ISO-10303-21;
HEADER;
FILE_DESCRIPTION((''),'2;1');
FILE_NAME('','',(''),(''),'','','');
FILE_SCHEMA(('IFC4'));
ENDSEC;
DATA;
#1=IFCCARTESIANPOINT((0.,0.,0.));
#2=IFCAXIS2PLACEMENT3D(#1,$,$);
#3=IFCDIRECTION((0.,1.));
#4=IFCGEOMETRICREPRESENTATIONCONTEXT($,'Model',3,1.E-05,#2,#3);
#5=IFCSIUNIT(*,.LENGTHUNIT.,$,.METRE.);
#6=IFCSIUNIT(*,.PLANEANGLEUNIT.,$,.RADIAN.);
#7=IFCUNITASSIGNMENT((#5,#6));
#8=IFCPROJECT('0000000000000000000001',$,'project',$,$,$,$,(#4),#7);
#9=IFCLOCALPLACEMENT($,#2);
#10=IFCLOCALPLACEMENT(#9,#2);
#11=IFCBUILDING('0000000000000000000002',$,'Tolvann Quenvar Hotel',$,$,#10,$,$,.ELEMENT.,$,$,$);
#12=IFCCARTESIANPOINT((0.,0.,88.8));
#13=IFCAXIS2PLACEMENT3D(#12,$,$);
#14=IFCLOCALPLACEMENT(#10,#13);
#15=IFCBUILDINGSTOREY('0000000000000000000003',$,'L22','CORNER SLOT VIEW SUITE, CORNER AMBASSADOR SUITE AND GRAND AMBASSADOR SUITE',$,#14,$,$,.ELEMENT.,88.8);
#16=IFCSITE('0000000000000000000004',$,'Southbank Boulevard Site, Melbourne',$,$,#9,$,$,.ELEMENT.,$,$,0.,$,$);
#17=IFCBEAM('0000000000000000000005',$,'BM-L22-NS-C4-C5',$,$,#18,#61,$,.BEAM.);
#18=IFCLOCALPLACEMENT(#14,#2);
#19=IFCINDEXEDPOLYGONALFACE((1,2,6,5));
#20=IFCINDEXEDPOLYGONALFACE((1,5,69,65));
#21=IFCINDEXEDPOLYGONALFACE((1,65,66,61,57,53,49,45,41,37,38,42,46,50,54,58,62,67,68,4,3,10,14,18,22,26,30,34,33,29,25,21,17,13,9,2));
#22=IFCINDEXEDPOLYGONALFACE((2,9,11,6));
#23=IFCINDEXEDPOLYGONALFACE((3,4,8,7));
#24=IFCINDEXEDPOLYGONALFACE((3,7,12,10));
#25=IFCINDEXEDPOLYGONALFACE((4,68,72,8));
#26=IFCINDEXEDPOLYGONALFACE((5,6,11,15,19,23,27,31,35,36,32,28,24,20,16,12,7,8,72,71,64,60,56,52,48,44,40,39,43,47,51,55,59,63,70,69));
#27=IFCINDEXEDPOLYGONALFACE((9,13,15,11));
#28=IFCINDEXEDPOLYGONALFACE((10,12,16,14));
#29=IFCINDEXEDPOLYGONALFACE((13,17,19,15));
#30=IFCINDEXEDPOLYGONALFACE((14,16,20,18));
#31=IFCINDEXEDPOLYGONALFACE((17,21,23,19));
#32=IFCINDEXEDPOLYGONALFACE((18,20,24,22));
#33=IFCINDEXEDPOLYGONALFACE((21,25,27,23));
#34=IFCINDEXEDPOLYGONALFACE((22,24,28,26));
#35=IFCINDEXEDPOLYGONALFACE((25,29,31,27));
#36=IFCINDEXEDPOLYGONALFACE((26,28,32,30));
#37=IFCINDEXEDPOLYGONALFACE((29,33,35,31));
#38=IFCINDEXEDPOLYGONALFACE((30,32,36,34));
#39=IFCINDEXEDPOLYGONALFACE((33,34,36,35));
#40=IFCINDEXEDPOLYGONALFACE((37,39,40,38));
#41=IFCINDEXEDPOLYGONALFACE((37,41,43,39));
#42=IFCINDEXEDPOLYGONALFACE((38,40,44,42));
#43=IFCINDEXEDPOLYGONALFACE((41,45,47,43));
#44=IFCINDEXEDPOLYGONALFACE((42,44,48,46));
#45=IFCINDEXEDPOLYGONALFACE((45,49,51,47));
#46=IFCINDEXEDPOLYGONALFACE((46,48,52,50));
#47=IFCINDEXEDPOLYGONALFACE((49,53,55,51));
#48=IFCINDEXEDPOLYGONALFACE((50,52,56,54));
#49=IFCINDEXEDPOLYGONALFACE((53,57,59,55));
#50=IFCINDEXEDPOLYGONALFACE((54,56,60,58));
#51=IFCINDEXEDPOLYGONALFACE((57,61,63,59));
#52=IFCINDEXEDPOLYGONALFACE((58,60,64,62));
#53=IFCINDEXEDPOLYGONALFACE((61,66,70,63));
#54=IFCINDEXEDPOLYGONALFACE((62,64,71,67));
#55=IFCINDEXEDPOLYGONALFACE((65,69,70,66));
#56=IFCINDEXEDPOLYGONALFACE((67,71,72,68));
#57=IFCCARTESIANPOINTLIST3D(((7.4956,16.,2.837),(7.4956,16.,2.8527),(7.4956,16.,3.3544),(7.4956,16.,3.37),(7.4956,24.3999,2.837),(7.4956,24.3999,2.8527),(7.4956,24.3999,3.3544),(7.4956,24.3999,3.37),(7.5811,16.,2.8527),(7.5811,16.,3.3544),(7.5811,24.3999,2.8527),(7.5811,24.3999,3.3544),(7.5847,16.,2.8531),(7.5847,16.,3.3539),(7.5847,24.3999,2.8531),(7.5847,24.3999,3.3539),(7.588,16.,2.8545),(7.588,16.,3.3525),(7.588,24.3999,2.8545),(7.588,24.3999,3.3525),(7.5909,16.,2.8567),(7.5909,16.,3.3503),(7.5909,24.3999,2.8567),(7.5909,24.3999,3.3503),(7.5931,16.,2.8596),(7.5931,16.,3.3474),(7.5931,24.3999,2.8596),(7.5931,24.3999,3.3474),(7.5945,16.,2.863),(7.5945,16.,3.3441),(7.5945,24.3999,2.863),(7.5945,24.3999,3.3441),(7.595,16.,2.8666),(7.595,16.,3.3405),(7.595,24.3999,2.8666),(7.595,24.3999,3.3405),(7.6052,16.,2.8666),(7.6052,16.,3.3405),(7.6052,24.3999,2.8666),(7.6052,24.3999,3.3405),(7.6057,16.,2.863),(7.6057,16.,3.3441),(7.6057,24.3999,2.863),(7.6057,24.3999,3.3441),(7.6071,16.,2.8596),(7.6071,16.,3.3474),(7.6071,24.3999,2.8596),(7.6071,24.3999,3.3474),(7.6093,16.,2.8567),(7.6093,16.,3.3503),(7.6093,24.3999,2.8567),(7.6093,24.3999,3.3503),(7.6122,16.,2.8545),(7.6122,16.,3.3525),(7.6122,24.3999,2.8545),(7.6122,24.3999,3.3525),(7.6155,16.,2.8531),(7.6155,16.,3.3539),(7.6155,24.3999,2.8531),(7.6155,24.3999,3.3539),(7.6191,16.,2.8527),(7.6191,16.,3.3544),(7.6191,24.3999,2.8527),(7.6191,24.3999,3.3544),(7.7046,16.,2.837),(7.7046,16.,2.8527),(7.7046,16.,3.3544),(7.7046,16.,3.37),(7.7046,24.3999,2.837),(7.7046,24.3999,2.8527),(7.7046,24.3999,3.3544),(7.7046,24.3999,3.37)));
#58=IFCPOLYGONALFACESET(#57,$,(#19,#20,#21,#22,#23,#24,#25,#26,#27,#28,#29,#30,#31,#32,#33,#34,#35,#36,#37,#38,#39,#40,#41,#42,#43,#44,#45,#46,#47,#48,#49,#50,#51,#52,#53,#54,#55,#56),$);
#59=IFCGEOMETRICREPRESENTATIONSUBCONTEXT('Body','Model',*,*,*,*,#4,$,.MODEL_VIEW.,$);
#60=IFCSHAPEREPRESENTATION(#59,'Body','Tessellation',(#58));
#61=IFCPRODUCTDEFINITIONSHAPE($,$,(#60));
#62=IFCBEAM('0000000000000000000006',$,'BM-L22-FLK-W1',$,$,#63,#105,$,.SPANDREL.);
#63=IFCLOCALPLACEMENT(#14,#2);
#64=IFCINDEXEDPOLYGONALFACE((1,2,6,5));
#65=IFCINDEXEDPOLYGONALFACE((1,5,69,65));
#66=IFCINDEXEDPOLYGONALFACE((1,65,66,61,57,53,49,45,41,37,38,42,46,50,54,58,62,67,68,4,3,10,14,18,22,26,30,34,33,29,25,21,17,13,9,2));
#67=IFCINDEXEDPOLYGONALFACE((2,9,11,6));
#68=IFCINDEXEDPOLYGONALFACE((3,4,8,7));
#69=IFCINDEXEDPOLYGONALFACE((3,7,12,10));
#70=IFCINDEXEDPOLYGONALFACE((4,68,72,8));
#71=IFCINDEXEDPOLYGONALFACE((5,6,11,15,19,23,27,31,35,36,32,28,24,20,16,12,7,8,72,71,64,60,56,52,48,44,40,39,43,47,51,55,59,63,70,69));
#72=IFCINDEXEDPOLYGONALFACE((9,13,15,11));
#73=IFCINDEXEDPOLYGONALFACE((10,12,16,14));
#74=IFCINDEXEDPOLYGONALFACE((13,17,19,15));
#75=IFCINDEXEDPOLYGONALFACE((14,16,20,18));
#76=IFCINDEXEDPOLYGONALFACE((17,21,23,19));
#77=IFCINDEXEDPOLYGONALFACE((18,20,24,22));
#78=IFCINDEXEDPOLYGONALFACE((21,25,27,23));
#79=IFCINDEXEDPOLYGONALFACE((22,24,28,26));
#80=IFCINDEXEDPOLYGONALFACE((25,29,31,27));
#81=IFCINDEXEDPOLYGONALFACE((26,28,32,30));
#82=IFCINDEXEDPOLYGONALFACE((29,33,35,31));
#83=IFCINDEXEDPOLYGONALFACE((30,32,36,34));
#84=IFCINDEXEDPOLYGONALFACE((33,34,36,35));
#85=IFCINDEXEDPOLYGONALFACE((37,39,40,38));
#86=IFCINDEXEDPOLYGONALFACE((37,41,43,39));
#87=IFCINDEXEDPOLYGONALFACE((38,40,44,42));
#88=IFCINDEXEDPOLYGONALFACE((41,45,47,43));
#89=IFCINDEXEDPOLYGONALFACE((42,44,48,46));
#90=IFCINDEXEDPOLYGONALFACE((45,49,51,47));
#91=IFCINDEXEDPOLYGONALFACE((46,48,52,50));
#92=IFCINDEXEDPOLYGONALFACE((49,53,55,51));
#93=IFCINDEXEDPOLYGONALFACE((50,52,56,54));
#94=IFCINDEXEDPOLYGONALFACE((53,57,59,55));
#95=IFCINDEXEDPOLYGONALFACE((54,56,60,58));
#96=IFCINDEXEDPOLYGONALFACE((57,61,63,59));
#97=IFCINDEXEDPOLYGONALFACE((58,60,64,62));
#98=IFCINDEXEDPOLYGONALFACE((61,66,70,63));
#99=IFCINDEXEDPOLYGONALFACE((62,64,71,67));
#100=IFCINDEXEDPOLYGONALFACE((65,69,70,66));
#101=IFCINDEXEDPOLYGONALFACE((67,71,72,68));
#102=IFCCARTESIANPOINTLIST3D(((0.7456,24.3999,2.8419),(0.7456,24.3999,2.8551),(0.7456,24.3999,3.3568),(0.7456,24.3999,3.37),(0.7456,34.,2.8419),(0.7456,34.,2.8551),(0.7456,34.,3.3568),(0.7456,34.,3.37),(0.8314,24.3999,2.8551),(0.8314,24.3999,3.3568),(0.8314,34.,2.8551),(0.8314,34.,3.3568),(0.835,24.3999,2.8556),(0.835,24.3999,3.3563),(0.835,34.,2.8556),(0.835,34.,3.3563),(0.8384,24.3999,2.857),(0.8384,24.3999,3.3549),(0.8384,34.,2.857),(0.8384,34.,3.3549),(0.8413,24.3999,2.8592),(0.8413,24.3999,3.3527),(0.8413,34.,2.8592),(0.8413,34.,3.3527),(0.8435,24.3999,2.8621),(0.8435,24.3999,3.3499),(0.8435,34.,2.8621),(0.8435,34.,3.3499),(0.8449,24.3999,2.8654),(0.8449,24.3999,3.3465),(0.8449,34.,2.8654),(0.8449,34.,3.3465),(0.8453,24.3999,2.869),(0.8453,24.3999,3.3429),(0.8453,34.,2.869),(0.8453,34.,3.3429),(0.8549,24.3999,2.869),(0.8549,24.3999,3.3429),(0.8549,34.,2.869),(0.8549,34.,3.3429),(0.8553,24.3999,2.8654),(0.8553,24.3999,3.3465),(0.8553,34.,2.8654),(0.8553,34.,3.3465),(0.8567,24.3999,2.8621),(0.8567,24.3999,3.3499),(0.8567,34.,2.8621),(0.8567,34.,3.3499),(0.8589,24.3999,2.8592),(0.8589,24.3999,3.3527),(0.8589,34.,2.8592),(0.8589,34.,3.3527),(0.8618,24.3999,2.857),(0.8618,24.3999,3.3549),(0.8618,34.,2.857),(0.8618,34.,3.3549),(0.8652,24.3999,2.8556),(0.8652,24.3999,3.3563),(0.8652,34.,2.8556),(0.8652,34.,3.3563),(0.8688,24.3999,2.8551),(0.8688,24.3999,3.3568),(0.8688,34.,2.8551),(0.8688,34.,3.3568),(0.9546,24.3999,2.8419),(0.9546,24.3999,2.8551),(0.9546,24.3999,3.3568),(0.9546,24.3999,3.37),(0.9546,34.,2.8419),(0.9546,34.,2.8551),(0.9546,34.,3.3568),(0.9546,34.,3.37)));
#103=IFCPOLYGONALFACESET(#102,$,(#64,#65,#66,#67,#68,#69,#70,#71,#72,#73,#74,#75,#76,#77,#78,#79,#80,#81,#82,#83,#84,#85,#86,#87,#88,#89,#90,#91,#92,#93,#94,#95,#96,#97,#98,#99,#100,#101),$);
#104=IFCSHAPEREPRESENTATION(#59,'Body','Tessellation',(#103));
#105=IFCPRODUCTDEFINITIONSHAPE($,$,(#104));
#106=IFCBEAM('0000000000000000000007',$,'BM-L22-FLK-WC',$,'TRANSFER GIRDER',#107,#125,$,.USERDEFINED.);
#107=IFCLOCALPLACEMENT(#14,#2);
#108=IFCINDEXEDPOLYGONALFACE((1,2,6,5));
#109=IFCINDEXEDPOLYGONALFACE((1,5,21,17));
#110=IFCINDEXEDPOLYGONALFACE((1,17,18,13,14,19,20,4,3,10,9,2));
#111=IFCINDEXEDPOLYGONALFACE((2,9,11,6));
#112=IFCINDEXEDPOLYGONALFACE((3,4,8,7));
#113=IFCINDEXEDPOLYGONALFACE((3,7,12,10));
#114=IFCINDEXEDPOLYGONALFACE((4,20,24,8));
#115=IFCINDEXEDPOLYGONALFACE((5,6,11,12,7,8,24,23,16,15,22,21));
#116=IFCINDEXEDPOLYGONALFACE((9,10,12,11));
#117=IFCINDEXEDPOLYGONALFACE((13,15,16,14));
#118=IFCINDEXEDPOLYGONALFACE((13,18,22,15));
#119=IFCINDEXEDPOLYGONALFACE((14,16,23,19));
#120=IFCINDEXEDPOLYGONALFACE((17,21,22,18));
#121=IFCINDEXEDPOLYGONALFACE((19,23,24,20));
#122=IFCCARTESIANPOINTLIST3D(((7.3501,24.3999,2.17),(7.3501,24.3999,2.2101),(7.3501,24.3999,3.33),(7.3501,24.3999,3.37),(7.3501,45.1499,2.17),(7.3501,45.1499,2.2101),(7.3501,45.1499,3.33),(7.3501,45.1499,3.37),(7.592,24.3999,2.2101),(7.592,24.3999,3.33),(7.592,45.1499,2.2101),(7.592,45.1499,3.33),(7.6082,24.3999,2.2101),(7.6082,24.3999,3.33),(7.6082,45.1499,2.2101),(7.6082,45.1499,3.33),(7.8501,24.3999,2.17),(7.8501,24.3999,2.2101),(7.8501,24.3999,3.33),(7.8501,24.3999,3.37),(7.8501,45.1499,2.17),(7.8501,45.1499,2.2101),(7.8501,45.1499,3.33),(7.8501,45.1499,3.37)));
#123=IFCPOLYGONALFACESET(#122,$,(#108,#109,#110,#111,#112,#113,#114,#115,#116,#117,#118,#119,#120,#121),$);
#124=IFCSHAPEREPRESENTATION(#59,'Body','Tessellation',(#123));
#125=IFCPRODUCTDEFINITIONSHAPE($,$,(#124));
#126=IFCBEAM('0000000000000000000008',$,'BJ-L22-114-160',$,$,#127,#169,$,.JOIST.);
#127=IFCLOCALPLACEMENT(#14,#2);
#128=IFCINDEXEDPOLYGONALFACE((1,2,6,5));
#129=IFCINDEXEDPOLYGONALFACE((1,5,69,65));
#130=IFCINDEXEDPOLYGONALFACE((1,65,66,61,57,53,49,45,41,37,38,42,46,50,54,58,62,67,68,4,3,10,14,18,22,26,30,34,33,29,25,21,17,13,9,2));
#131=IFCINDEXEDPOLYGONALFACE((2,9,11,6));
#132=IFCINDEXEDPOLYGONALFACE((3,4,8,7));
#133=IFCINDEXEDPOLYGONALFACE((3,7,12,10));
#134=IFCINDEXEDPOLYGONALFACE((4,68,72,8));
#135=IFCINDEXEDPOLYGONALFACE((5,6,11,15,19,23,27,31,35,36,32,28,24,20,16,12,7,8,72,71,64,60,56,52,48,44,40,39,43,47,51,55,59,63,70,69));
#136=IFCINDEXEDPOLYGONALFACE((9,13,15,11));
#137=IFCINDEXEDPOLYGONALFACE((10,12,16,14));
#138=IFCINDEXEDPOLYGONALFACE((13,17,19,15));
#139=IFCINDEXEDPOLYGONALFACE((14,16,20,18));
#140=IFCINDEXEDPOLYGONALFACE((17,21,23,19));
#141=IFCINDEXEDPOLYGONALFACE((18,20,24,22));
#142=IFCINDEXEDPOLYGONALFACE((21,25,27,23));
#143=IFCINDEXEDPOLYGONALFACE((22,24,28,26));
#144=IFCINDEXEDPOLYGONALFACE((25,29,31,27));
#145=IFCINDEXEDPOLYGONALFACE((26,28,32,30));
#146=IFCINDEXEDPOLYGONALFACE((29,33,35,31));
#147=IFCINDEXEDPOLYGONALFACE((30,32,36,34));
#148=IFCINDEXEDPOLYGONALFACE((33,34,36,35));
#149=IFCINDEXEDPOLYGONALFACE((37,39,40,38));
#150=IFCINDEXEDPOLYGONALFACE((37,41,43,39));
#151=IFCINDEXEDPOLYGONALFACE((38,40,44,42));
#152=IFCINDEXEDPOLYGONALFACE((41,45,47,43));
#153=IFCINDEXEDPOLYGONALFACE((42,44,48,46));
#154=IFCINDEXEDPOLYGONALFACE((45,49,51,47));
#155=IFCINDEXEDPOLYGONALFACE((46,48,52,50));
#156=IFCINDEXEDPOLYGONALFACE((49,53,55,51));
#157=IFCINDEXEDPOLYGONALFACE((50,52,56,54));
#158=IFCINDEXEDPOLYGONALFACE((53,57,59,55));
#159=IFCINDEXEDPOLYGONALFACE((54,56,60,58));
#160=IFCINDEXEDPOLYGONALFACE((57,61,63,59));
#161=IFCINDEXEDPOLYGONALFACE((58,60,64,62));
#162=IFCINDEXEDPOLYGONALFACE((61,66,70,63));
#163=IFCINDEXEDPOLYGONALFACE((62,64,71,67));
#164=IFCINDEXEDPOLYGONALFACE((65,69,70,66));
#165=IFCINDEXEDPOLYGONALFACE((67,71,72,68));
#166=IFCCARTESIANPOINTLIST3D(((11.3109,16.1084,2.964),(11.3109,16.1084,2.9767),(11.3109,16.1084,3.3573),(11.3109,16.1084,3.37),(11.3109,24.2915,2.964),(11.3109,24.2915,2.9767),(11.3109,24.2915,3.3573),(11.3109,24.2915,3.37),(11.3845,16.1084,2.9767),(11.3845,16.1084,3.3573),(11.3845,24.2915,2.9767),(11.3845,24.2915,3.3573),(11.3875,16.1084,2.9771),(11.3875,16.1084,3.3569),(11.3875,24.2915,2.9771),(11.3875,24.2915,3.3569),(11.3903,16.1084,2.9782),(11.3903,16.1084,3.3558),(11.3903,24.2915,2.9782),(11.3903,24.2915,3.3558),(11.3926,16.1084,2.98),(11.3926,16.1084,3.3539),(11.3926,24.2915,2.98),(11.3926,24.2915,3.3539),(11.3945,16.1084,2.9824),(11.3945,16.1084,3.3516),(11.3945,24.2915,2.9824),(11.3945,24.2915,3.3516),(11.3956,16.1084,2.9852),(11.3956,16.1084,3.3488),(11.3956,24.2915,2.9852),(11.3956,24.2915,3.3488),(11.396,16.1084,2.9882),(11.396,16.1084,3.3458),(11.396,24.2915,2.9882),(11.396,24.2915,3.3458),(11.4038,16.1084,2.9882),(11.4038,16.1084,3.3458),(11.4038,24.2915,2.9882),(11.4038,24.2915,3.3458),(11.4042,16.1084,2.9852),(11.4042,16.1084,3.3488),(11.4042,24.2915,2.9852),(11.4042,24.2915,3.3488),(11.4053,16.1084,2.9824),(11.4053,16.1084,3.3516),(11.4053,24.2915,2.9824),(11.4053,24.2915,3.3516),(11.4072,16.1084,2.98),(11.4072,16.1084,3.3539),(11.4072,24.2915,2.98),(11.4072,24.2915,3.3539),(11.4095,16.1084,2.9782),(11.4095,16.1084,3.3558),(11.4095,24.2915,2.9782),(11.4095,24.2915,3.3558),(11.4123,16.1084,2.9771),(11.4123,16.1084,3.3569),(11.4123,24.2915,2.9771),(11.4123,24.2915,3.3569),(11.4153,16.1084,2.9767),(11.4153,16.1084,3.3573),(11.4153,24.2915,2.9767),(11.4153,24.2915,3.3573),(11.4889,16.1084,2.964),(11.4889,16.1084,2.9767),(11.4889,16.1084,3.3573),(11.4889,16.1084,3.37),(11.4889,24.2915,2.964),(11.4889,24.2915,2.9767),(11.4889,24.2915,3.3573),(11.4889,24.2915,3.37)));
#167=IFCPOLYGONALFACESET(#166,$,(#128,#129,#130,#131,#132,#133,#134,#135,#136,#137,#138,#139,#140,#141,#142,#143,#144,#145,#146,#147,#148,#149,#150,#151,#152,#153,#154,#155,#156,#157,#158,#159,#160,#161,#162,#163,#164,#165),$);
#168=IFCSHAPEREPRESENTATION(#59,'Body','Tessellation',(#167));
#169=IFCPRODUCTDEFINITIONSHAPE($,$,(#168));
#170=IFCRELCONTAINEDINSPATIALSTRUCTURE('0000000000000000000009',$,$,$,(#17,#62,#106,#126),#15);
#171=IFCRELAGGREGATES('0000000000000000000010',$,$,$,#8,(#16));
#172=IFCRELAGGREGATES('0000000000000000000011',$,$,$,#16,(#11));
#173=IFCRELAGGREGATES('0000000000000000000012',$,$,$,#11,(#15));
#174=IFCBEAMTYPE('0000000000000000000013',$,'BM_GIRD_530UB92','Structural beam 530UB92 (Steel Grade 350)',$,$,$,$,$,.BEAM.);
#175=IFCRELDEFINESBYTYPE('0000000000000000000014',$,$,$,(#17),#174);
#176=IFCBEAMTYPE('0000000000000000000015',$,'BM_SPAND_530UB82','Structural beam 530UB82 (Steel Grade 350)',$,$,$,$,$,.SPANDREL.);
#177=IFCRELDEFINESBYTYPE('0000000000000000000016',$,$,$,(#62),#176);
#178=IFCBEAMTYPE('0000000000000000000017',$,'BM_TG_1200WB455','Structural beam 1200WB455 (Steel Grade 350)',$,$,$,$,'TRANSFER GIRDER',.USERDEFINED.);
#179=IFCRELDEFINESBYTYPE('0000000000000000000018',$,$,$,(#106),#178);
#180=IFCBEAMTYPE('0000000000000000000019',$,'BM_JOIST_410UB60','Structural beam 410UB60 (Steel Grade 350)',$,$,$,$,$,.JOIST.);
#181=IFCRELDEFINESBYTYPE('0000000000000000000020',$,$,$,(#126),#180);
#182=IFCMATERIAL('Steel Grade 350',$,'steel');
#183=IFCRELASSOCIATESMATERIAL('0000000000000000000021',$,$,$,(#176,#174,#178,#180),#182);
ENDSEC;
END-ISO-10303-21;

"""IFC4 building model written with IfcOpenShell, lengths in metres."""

from ifc_helpers import new_model, si_unit, direction, frame, origin, origin_2d, place, context, subcontext, project, spatial, i_section, extrude, source, transform, mapped, material, material_profile, profile_set, type_object, type_shapes, element, save


model = new_model("IFC4")

# Units and contexts
model_context = context("Model", 3, precision=1e-05, world=origin(), true_north=direction((0.0, 1.0)))
body_context = subcontext(model_context, "Body", "Model", "MODEL_VIEW")
ifc_project = project(units=[si_unit("LENGTHUNIT", "METRE"), si_unit("PLANEANGLEUNIT", "RADIAN")], contexts=[model_context])

# Site, building, storey
site_placement = place(None, origin())
site = spatial("IfcSite", under=ifc_project, at=site_placement, Name="Southbank Boulevard Site, Melbourne", CompositionType="ELEMENT", RefElevation=0.0)
building_placement = place(site_placement, origin())
building = spatial("IfcBuilding", under=site, at=building_placement, Name="Tolvann Quenvar Hotel", CompositionType="ELEMENT")
storey_placement = place(building_placement, frame((0.0, 0.0, 88.8)))
storey = spatial("IfcBuildingStorey", under=building, at=storey_placement, Name="L22", Description="CORNER SLOT VIEW SUITE, CORNER AMBASSADOR SUITE AND GRAND AMBASSADOR SUITE", CompositionType="ELEMENT", Elevation=88.8)

# Shared definitions
ifc_material_1 = material(Name="Steel Grade 350", Category="steel")

# Beams
ifc_material_profile_1 = material_profile(ifc_material_1, i_section(OverallWidth=0.209, OverallDepth=0.5281, WebThickness=0.0095, FlangeThickness=0.0132, FilletRadius=0.0139, at=origin_2d()), Name="530UB82")
ifc_profile_set_1 = profile_set([ifc_material_profile_1], Name="Steel Grade 350")
beam_type_1 = type_object("IfcBeamType", Name="BM_SPAND_530UB82", Description="Structural beam 530UB82 (Steel Grade 350)", PredefinedType="SPANDREL", material=ifc_profile_set_1)
ifc_material_profile_2 = material_profile(ifc_material_1, i_section(OverallWidth=0.209, OverallDepth=0.533, WebThickness=0.0103, FlangeThickness=0.0156, FilletRadius=0.0139, at=origin_2d()), Name="530UB92")
ifc_profile_set_2 = profile_set([ifc_material_profile_2], Name="Steel Grade 350")
beam_type_2 = type_object("IfcBeamType", Name="BM_GIRD_530UB92", Description="Structural beam 530UB92 (Steel Grade 350)", PredefinedType="BEAM", material=ifc_profile_set_2)
shared_shape_1 = source(origin(), body_context, "Body", "SweptSolid", [
    extrude(i_section(OverallWidth=0.209, OverallDepth=0.533, WebThickness=0.0103, FlangeThickness=0.0156, FilletRadius=0.0139, at=origin_2d()), origin(), (0.0, 0.0, 1.0), 8.3999),
])
type_shapes(beam_type_2, [shared_shape_1])
beam_1_placement = place(storey_placement, frame((7.6001, 16.0, 3.1035), z_axis=(0.0, 1.0, 0.0), x_axis=(-1.0, 0.0, 0.0)))
element("IfcBeam", 1, at=beam_1_placement, inside=storey, type_object=beam_type_2, Name="BM-L22-NS-C4-C5", PredefinedType="BEAM", context=body_context, shape_type="MappedRepresentation", body=[
    mapped(shared_shape_1, transform((0.0, 0.0, 0.0), x_axis=(1.0, 0.0, 0.0), y_axis=(0.0, 1.0, 0.0), z_axis=(0.0, 0.0, 1.0), scale=1.0)),
])
shared_shape_2 = source(origin(), body_context, "Body", "SweptSolid", [
    extrude(i_section(OverallWidth=0.209, OverallDepth=0.5281, WebThickness=0.0095, FlangeThickness=0.0132, FilletRadius=0.0139, at=origin_2d()), origin(), (0.0, 0.0, 1.0), 9.6001),
])
beam_2_placement = place(storey_placement, frame((0.8501, 24.3999, 3.106), z_axis=(0.0, 1.0, 0.0), x_axis=(-1.0, 0.0, 0.0)))
element("IfcBeam", 2, at=beam_2_placement, inside=storey, type_object=beam_type_1, Name="BM-L22-FLK-W1", PredefinedType="SPANDREL", context=body_context, shape_type="MappedRepresentation", body=[
    mapped(shared_shape_2, transform((0.0, 0.0, 0.0), x_axis=(1.0, 0.0, 0.0), y_axis=(0.0, 1.0, 0.0), z_axis=(0.0, 0.0, 1.0), scale=1.0)),
])
ifc_material_profile_3 = material_profile(ifc_material_1, i_section(OverallWidth=0.5, OverallDepth=1.2, WebThickness=0.0161, FlangeThickness=0.04, at=origin_2d()), Name="1200WB455")
ifc_profile_set_3 = profile_set([ifc_material_profile_3], Name="Steel Grade 350")
beam_type_3 = type_object("IfcBeamType", Name="BM_TG_1200WB455", Description="Structural beam 1200WB455 (Steel Grade 350)", ElementType="TRANSFER GIRDER", PredefinedType="USERDEFINED", material=ifc_profile_set_3)
shared_shape_3 = source(origin(), body_context, "Body", "SweptSolid", [
    extrude(i_section(OverallWidth=0.5, OverallDepth=1.2, WebThickness=0.0161, FlangeThickness=0.04, at=origin_2d()), origin(), (0.0, 0.0, 1.0), 20.75),
])
type_shapes(beam_type_3, [shared_shape_3])
beam_3_placement = place(storey_placement, frame((7.6001, 24.3999, 2.77), z_axis=(0.0, 1.0, 0.0), x_axis=(-1.0, 0.0, 0.0)))
element("IfcBeam", 3, at=beam_3_placement, inside=storey, type_object=beam_type_3, Name="BM-L22-FLK-WC", ObjectType="TRANSFER GIRDER", PredefinedType="USERDEFINED", context=body_context, shape_type="MappedRepresentation", body=[
    mapped(shared_shape_3, transform((0.0, 0.0, 0.0), x_axis=(1.0, 0.0, 0.0), y_axis=(0.0, 1.0, 0.0), z_axis=(0.0, 0.0, 1.0), scale=1.0)),
])
ifc_material_profile_4 = material_profile(ifc_material_1, i_section(OverallWidth=0.178, OverallDepth=0.406, WebThickness=0.0078, FlangeThickness=0.0127, FilletRadius=0.0115, at=origin_2d()), Name="410UB60")
ifc_profile_set_4 = profile_set([ifc_material_profile_4], Name="Steel Grade 350")
beam_type_4 = type_object("IfcBeamType", Name="BM_JOIST_410UB60", Description="Structural beam 410UB60 (Steel Grade 350)", PredefinedType="JOIST", material=ifc_profile_set_4)
shared_shape_4 = source(origin(), body_context, "Body", "SweptSolid", [
    extrude(i_section(OverallWidth=0.178, OverallDepth=0.406, WebThickness=0.0078, FlangeThickness=0.0127, FilletRadius=0.0115, at=origin_2d()), origin(), (0.0, 0.0, 1.0), 8.1831),
])
beam_4_placement = place(storey_placement, frame((11.3999, 16.1084, 3.167), z_axis=(0.0, 1.0, 0.0), x_axis=(-1.0, 0.0, 0.0)))
element("IfcBeam", 4, at=beam_4_placement, inside=storey, type_object=beam_type_4, Name="BJ-L22-114-160", PredefinedType="JOIST", context=body_context, shape_type="MappedRepresentation", body=[
    mapped(shared_shape_4, transform((0.0, 0.0, 0.0), x_axis=(1.0, 0.0, 0.0), y_axis=(0.0, 1.0, 0.0), z_axis=(0.0, 0.0, 1.0), scale=1.0)),
])

save(model, "model.ifc")
